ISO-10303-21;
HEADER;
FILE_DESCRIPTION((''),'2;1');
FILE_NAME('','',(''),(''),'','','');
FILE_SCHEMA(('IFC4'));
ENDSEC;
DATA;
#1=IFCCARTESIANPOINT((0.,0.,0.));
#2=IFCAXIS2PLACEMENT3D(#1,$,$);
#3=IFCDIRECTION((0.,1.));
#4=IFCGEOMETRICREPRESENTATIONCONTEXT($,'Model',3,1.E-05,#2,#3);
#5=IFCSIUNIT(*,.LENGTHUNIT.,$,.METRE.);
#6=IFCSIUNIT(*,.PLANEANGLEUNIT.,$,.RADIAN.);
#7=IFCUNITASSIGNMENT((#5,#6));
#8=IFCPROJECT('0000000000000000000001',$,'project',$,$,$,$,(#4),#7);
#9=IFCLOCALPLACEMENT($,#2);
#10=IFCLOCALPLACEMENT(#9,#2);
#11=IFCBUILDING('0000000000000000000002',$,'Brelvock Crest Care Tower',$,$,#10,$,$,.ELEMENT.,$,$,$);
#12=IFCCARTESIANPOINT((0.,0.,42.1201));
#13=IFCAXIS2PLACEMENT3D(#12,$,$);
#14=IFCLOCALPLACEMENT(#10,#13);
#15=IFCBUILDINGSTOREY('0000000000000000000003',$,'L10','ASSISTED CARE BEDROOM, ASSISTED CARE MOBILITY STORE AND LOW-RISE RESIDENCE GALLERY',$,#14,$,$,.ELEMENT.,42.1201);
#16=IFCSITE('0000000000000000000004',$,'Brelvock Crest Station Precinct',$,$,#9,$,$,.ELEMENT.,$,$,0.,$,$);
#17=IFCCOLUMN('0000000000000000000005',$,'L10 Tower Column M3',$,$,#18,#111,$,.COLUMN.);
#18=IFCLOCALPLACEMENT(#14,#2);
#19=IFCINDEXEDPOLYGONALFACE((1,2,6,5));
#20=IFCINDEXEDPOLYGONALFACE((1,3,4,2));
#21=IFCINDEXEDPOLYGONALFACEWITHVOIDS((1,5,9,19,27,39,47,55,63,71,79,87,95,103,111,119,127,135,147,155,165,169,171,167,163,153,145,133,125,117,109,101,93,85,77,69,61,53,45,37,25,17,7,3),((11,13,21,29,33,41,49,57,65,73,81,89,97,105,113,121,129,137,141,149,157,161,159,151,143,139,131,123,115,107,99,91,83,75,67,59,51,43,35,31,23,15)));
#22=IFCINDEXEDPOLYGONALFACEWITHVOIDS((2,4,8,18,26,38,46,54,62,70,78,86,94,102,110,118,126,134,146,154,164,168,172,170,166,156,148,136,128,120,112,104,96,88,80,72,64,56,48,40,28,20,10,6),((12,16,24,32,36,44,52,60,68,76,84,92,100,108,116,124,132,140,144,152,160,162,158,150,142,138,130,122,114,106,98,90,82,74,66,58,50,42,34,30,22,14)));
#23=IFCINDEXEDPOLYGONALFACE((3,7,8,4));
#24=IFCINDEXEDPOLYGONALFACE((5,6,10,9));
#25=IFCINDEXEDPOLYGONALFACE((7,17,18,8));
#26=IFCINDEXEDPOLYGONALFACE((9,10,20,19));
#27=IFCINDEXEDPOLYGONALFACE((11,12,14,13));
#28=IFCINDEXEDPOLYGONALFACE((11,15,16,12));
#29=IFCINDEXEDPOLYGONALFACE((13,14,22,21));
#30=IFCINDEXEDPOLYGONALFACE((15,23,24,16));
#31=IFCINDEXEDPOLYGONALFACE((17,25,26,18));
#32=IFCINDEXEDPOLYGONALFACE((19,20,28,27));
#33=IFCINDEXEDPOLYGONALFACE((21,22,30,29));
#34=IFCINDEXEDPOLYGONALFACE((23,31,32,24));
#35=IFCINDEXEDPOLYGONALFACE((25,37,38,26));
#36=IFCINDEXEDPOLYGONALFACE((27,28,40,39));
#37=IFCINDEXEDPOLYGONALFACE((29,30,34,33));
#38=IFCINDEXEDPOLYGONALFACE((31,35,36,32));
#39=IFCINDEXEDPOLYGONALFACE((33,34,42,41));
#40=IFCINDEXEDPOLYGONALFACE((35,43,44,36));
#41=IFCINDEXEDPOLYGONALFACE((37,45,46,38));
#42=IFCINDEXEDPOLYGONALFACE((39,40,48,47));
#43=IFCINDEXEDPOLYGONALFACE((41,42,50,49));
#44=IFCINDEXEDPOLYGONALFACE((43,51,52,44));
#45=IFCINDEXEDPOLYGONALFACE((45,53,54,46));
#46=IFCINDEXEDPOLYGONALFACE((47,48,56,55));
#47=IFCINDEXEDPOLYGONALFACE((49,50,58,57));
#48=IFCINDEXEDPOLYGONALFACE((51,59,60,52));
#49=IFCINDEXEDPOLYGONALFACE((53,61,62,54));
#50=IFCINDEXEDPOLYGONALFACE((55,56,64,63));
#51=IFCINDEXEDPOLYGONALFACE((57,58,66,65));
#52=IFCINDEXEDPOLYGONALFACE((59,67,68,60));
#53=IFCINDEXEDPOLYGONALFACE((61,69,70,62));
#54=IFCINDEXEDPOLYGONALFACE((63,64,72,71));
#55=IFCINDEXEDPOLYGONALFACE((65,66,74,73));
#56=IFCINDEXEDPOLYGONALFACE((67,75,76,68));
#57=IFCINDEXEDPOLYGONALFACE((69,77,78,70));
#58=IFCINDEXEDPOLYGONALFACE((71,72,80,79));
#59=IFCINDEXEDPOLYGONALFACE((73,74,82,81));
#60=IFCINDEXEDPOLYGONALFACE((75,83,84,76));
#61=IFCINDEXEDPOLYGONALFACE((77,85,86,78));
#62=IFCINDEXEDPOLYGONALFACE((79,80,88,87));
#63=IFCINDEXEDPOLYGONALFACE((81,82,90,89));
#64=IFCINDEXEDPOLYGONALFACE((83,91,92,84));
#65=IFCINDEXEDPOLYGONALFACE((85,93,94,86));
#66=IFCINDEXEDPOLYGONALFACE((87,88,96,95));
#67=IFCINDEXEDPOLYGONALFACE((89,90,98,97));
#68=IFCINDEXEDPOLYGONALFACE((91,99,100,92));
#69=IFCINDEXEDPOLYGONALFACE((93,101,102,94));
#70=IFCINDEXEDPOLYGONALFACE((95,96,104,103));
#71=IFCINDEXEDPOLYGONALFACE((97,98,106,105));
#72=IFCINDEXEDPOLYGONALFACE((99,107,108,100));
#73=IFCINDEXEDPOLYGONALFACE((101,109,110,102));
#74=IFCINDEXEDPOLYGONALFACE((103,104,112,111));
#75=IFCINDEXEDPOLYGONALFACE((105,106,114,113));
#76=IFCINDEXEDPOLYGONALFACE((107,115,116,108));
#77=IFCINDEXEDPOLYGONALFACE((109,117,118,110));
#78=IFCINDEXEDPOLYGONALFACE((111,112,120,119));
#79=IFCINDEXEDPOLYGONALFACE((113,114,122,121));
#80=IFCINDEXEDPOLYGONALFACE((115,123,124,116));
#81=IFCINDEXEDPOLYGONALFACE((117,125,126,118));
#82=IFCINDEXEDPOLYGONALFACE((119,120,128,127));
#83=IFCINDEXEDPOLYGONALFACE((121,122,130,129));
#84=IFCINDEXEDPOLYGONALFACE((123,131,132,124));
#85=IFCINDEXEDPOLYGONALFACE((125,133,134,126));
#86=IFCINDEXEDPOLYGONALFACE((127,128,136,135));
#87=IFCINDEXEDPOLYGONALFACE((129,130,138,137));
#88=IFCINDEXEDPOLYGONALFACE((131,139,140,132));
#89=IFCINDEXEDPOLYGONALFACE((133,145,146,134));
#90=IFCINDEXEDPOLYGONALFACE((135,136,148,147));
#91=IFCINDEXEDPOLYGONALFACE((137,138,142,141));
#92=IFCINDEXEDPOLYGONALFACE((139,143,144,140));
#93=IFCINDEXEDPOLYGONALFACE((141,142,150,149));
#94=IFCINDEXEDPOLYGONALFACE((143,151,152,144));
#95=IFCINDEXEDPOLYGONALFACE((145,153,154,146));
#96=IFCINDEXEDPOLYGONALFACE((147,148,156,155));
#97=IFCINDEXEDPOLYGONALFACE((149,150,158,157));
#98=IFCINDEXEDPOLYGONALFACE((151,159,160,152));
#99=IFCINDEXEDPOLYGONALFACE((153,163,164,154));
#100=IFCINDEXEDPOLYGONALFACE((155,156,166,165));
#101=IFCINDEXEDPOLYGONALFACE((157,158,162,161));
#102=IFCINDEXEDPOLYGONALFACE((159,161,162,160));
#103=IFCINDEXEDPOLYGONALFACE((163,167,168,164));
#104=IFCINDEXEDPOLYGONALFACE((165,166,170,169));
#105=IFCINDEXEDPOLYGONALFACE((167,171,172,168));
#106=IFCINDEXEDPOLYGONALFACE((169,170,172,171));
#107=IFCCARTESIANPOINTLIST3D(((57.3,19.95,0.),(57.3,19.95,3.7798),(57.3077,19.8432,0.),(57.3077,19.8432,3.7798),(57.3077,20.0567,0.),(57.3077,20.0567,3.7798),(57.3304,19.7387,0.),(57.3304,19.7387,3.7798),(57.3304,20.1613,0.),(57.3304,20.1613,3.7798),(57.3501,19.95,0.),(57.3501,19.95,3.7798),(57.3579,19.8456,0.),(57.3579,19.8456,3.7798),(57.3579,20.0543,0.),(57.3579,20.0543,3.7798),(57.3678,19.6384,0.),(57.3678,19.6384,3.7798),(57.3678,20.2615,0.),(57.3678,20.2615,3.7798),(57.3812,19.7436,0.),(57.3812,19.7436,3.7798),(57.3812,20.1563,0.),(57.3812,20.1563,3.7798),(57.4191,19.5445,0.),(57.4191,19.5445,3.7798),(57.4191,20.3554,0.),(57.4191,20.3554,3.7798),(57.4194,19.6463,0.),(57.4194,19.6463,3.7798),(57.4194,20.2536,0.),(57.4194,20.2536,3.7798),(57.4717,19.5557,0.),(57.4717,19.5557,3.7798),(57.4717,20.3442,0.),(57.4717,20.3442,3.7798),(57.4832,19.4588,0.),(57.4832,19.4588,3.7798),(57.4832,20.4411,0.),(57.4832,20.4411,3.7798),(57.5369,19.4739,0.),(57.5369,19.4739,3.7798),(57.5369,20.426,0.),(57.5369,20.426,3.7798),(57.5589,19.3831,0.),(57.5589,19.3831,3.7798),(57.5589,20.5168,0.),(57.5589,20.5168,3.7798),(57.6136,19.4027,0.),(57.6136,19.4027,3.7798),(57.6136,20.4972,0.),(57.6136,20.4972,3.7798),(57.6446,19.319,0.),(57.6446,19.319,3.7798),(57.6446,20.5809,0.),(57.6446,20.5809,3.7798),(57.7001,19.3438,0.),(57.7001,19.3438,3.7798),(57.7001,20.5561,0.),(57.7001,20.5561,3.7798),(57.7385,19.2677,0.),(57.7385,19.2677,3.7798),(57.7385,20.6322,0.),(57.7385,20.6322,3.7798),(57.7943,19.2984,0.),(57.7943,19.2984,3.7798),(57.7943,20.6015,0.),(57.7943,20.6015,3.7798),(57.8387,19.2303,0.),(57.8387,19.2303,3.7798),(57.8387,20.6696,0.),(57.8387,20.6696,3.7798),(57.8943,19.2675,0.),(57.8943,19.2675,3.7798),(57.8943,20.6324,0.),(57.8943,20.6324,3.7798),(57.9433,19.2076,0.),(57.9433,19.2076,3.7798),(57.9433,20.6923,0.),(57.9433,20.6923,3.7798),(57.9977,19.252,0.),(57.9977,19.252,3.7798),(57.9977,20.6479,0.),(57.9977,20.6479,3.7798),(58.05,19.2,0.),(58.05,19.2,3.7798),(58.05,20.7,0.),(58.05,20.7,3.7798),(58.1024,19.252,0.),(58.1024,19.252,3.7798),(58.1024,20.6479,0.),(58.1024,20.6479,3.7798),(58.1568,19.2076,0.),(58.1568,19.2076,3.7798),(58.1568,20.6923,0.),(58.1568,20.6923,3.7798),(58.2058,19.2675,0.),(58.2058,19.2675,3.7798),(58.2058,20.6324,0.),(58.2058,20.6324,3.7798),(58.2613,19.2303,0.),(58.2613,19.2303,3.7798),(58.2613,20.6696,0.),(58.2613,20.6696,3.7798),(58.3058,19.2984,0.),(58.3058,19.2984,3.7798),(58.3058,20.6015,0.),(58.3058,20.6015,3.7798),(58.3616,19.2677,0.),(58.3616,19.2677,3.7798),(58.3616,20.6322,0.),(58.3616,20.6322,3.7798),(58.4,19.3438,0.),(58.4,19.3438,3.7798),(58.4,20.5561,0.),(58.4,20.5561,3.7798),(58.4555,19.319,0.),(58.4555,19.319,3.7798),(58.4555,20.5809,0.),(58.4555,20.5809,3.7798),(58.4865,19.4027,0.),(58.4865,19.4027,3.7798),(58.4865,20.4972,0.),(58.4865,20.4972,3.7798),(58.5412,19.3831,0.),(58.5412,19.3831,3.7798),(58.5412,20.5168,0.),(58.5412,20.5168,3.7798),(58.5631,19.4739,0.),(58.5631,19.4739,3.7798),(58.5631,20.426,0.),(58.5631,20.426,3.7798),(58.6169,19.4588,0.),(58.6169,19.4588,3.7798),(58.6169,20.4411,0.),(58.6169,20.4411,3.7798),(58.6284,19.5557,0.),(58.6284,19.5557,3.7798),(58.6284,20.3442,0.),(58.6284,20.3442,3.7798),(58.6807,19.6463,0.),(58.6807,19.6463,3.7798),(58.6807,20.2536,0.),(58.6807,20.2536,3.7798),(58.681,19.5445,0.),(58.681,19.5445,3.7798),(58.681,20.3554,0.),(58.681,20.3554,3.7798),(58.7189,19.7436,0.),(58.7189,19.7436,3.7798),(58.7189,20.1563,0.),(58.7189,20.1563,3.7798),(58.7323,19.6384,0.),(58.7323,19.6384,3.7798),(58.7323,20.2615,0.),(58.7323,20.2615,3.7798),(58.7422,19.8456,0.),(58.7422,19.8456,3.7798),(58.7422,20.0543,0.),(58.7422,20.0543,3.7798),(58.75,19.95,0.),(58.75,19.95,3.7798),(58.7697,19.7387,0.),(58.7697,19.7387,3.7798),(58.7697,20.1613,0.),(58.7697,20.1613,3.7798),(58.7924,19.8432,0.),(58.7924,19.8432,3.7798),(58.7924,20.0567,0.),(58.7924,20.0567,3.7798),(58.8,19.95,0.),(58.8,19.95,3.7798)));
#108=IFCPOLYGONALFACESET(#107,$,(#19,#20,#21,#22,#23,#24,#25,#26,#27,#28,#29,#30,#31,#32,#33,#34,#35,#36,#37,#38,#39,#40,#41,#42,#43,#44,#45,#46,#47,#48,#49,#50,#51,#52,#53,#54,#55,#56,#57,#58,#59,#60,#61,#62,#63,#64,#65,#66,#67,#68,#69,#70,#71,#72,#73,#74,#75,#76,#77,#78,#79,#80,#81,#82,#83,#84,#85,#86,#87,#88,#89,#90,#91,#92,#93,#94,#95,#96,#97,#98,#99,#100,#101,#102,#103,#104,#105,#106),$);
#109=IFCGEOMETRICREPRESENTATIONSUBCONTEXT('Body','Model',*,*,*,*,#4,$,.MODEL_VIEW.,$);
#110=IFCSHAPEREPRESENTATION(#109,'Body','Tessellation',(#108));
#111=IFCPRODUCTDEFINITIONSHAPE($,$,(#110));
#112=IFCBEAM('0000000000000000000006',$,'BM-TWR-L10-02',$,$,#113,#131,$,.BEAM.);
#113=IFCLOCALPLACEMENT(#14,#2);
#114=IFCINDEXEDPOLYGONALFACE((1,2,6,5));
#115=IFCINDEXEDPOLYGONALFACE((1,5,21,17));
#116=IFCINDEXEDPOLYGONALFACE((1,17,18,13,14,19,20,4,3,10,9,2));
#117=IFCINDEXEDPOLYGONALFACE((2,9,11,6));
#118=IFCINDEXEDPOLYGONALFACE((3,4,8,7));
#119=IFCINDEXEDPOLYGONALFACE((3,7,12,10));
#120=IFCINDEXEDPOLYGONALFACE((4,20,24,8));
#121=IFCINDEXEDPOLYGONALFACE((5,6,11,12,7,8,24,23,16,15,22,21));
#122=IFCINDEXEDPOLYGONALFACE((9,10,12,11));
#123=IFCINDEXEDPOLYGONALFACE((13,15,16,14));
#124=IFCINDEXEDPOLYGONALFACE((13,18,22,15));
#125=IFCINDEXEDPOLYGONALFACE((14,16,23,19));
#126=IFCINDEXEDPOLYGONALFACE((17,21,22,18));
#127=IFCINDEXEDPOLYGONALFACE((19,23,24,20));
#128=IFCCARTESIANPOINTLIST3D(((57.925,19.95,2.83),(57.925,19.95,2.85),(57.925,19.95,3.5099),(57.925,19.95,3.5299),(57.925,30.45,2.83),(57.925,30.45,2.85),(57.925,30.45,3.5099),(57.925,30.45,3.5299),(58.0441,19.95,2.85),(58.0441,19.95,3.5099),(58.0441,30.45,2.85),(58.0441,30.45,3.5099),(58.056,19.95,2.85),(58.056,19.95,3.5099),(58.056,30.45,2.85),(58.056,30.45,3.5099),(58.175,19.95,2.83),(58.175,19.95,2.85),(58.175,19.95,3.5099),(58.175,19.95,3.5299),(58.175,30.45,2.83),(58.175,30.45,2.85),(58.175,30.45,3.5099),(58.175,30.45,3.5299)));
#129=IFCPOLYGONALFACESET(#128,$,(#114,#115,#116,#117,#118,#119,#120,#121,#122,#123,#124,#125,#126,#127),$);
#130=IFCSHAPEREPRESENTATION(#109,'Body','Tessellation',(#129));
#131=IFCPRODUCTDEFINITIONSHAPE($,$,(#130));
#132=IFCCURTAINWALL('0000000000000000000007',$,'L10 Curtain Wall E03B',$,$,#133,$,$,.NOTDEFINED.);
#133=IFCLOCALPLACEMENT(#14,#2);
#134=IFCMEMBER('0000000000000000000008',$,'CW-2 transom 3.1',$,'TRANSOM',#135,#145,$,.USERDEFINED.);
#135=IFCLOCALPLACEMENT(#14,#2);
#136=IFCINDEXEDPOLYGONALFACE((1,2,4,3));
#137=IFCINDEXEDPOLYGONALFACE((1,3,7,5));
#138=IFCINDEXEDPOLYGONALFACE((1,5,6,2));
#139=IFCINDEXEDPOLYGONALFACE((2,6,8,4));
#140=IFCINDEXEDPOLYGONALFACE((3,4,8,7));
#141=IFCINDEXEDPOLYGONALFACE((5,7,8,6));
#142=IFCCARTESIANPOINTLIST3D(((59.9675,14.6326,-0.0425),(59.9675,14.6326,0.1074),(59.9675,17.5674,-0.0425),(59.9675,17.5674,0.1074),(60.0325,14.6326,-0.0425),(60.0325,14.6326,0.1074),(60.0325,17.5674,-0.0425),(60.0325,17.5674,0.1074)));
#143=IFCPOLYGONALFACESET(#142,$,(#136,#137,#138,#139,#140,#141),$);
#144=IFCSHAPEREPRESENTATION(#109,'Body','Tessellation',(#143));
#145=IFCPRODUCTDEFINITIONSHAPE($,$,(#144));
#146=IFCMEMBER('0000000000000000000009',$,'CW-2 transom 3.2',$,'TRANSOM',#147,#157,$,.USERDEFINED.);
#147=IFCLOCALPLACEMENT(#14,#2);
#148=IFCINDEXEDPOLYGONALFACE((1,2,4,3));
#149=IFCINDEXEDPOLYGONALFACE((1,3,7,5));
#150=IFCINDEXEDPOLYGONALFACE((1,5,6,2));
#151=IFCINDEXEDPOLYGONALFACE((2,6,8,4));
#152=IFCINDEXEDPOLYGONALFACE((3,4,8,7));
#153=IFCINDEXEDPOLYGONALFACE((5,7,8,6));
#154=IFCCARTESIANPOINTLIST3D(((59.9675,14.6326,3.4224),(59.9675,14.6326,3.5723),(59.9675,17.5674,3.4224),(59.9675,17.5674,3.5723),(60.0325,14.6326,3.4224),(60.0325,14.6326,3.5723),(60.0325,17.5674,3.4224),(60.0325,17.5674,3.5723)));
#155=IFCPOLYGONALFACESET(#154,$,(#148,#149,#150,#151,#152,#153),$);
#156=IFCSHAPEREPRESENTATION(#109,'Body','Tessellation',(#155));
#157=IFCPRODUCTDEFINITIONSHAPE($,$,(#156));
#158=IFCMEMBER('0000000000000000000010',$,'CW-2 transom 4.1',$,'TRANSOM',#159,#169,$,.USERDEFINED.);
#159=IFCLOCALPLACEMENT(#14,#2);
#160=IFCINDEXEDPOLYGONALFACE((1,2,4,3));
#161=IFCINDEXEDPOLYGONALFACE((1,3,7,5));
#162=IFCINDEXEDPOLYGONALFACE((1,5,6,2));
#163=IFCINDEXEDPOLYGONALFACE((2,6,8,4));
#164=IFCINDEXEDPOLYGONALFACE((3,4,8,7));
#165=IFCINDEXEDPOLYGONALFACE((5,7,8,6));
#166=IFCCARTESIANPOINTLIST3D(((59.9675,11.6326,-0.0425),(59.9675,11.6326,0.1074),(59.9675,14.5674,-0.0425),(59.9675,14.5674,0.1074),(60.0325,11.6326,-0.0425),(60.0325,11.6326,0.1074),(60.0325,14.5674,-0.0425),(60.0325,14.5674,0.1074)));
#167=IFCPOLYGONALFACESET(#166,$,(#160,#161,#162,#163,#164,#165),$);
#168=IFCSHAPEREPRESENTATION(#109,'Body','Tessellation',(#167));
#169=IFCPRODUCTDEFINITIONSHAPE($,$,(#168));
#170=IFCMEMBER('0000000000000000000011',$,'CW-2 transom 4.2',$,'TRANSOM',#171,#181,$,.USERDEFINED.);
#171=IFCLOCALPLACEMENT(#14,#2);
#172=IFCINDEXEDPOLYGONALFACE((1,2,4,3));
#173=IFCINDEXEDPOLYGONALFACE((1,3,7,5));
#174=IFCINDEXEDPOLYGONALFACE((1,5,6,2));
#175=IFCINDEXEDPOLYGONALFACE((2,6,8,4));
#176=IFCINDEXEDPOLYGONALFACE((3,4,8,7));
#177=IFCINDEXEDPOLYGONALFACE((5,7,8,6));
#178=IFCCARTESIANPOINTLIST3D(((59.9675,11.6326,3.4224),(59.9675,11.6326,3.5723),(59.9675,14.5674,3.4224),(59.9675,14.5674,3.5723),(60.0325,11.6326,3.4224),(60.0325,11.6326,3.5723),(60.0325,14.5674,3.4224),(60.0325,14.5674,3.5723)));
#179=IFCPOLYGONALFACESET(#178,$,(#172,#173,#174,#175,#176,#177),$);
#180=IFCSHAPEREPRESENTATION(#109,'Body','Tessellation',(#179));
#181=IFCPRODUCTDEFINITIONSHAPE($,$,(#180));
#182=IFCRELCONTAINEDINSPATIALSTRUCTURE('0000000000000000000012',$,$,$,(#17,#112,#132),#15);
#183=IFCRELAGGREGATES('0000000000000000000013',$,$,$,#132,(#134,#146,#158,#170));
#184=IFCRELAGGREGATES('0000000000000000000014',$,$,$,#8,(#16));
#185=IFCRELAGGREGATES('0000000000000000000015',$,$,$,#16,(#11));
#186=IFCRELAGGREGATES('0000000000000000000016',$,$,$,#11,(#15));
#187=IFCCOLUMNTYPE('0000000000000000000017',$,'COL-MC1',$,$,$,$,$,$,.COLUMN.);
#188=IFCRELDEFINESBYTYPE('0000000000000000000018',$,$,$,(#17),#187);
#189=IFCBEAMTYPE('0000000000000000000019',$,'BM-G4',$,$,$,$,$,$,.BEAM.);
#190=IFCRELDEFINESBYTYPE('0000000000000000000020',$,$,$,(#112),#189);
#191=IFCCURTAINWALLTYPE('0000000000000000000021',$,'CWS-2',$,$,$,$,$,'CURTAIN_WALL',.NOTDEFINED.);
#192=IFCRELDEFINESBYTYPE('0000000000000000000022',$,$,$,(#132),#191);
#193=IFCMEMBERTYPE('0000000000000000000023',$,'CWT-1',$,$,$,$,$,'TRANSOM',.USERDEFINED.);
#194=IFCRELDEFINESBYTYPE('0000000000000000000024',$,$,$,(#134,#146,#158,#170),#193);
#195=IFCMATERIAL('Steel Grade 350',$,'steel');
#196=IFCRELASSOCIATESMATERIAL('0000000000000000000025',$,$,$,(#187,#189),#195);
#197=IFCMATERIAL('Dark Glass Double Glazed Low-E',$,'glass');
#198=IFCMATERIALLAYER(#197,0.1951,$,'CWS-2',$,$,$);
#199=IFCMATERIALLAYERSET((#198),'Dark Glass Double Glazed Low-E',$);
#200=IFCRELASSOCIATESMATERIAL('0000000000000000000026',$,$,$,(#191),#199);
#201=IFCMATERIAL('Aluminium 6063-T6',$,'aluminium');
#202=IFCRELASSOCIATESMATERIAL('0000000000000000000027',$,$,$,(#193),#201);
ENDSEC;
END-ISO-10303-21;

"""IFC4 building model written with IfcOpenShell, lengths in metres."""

from ifc_helpers import new_model, si_unit, direction, frame, origin, origin_2d, place, context, subcontext, project, spatial, rectangle, hollow_circle, i_section, extrude, source, transform, mapped, material, layer, layer_set, material_profile, profile_set, type_object, element, aggregate, save


model = new_model("IFC4")

# Units and contexts
model_context = context("Model", 3, precision=1e-05, world=origin(), true_north=direction((0.0, 1.0)))
body_context = subcontext(model_context, "Body", "Model", "MODEL_VIEW")
ifc_project = project(units=[si_unit("LENGTHUNIT", "METRE"), si_unit("PLANEANGLEUNIT", "RADIAN")], contexts=[model_context])

# Site, building, storey
site_placement = place(None, origin())
site = spatial("IfcSite", under=ifc_project, at=site_placement, Name="Brelvock Crest Station Precinct", CompositionType="ELEMENT", RefElevation=0.0)
building_placement = place(site_placement, origin())
building = spatial("IfcBuilding", under=site, at=building_placement, Name="Brelvock Crest Care Tower", CompositionType="ELEMENT")
storey_placement = place(building_placement, frame((0.0, 0.0, 42.1201)))
storey = spatial("IfcBuildingStorey", under=building, at=storey_placement, Name="L10", Description="ASSISTED CARE BEDROOM, ASSISTED CARE MOBILITY STORE AND LOW-RISE RESIDENCE GALLERY", CompositionType="ELEMENT", Elevation=42.1201)

# Column
ifc_material_1 = material(Name="Steel Grade 350", Category="steel")
ifc_material_profile_1 = material_profile(ifc_material_1, hollow_circle(Radius=0.75, WallThickness=0.05, at=origin_2d()), Name="CFT1500x50")
ifc_profile_set_1 = profile_set([ifc_material_profile_1], Name="Steel Grade 350")
column_type = type_object("IfcColumnType", Name="COL-MC1", PredefinedType="COLUMN", material=ifc_profile_set_1)
shared_shape_1 = source(origin(), body_context, "Body", "SweptSolid", [
    extrude(hollow_circle(Radius=0.75, WallThickness=0.05, at=origin_2d()), origin(), (0.0, 0.0, 1.0), 3.7798),
])
column_placement = place(storey_placement, frame((58.05, 19.95, 0.0), z_axis=(0.0, 0.0, 1.0), x_axis=(1.0, 0.0, 0.0)))
element("IfcColumn", 1, at=column_placement, inside=storey, type_object=column_type, Name="L10 Tower Column M3", PredefinedType="COLUMN", context=body_context, shape_type="MappedRepresentation", body=[
    mapped(shared_shape_1, transform((0.0, 0.0, 0.0), x_axis=(1.0, 0.0, 0.0), y_axis=(0.0, 1.0, 0.0), z_axis=(0.0, 0.0, 1.0), scale=1.0)),
])

# Beam
ifc_material_profile_2 = material_profile(ifc_material_1, i_section(OverallWidth=0.25, OverallDepth=0.7, WebThickness=0.012, FlangeThickness=0.02, at=origin_2d()), Name="700WB150")
ifc_profile_set_2 = profile_set([ifc_material_profile_2], Name="Steel Grade 350")
beam_type = type_object("IfcBeamType", Name="BM-G4", PredefinedType="BEAM", material=ifc_profile_set_2)
shared_shape_2 = source(origin(), body_context, "Body", "SweptSolid", [
    extrude(i_section(OverallWidth=0.25, OverallDepth=0.7, WebThickness=0.012, FlangeThickness=0.02, at=origin_2d()), origin(), (0.0, 0.0, 1.0), 10.5),
])
beam_placement = place(storey_placement, frame((58.05, 19.95, 3.1799), z_axis=(0.0, 1.0, 0.0), x_axis=(-1.0, 0.0, 0.0)))
element("IfcBeam", 2, at=beam_placement, inside=storey, type_object=beam_type, Name="BM-TWR-L10-02", PredefinedType="BEAM", context=body_context, shape_type="MappedRepresentation", body=[
    mapped(shared_shape_2, transform((0.0, 0.0, 0.0), x_axis=(1.0, 0.0, 0.0), y_axis=(0.0, 1.0, 0.0), z_axis=(0.0, 0.0, 1.0), scale=1.0)),
])

# Curtain wall, members
ifc_material_2 = material(Name="Dark Glass Double Glazed Low-E", Category="glass")
ifc_layer_1 = layer(ifc_material_2, 0.1951, Name="CWS-2")
ifc_layer_set_1 = layer_set([ifc_layer_1], Name="Dark Glass Double Glazed Low-E")
curtain_wall_type = type_object("IfcCurtainWallType", Name="CWS-2", ElementType="CURTAIN_WALL", PredefinedType="NOTDEFINED", material=ifc_layer_set_1)
curtain_wall_placement = place(storey_placement, origin())
curtain_wall = element("IfcCurtainWall", 3, at=curtain_wall_placement, inside=storey, type_object=curtain_wall_type, Name="L10 Curtain Wall E03B", PredefinedType="NOTDEFINED")
ifc_material_3 = material(Name="Aluminium 6063-T6", Category="aluminium")
ifc_material_profile_3 = material_profile(ifc_material_3, rectangle(XDim=0.0649, YDim=0.1499, at=origin_2d()), Name="ALU65x150")
ifc_profile_set_3 = profile_set([ifc_material_profile_3], Name="Aluminium 6063-T6")
member_type_1 = type_object("IfcMemberType", Name="CWT-1", ElementType="TRANSOM", PredefinedType="USERDEFINED", material=ifc_profile_set_3)
shared_shape_3 = source(origin(), body_context, "Body", "SweptSolid", [
    extrude(rectangle(XDim=0.0649, YDim=0.1499, at=origin_2d()), origin(), (0.0, 0.0, 1.0), 2.9348),
])
member_1_placement = place(storey_placement, frame((60.0, 17.5674, 0.0325), z_axis=(0.0, -1.0, 0.0), x_axis=(1.0, 0.0, 0.0)))
member_1 = element("IfcMember", 4, at=member_1_placement, type_object=member_type_1, Name="CW-2 transom 3.1", ObjectType="TRANSOM", PredefinedType="USERDEFINED", context=body_context, shape_type="MappedRepresentation", body=[
    mapped(shared_shape_3, transform((0.0, 0.0, 0.0), x_axis=(1.0, 0.0, 0.0), y_axis=(0.0, 1.0, 0.0), z_axis=(0.0, 0.0, 1.0), scale=1.0)),
])
member_2_placement = place(storey_placement, frame((60.0, 17.5674, 3.4973), z_axis=(0.0, -1.0, 0.0), x_axis=(1.0, 0.0, 0.0)))
member_2 = element("IfcMember", 5, at=member_2_placement, type_object=member_type_1, Name="CW-2 transom 3.2", ObjectType="TRANSOM", PredefinedType="USERDEFINED", context=body_context, shape_type="MappedRepresentation", body=[
    mapped(shared_shape_3, transform((0.0, 0.0, 0.0), x_axis=(1.0, 0.0, 0.0), y_axis=(0.0, 1.0, 0.0), z_axis=(0.0, 0.0, 1.0), scale=1.0)),
])
member_3_placement = place(storey_placement, frame((60.0, 14.5674, 0.0325), z_axis=(0.0, -1.0, 0.0), x_axis=(1.0, 0.0, 0.0)))
member_3 = element("IfcMember", 6, at=member_3_placement, type_object=member_type_1, Name="CW-2 transom 4.1", ObjectType="TRANSOM", PredefinedType="USERDEFINED", context=body_context, shape_type="MappedRepresentation", body=[
    mapped(shared_shape_3, transform((0.0, 0.0, 0.0), x_axis=(1.0, 0.0, 0.0), y_axis=(0.0, 1.0, 0.0), z_axis=(0.0, 0.0, 1.0), scale=1.0)),
])
member_4_placement = place(storey_placement, frame((60.0, 14.5674, 3.4973), z_axis=(0.0, -1.0, 0.0), x_axis=(1.0, 0.0, 0.0)))
member_4 = element("IfcMember", 7, at=member_4_placement, type_object=member_type_1, Name="CW-2 transom 4.2", ObjectType="TRANSOM", PredefinedType="USERDEFINED", context=body_context, shape_type="MappedRepresentation", body=[
    mapped(shared_shape_3, transform((0.0, 0.0, 0.0), x_axis=(1.0, 0.0, 0.0), y_axis=(0.0, 1.0, 0.0), z_axis=(0.0, 0.0, 1.0), scale=1.0)),
])
aggregate(curtain_wall, [member_1, member_2, member_3, member_4])

save(model, "model.ifc")
